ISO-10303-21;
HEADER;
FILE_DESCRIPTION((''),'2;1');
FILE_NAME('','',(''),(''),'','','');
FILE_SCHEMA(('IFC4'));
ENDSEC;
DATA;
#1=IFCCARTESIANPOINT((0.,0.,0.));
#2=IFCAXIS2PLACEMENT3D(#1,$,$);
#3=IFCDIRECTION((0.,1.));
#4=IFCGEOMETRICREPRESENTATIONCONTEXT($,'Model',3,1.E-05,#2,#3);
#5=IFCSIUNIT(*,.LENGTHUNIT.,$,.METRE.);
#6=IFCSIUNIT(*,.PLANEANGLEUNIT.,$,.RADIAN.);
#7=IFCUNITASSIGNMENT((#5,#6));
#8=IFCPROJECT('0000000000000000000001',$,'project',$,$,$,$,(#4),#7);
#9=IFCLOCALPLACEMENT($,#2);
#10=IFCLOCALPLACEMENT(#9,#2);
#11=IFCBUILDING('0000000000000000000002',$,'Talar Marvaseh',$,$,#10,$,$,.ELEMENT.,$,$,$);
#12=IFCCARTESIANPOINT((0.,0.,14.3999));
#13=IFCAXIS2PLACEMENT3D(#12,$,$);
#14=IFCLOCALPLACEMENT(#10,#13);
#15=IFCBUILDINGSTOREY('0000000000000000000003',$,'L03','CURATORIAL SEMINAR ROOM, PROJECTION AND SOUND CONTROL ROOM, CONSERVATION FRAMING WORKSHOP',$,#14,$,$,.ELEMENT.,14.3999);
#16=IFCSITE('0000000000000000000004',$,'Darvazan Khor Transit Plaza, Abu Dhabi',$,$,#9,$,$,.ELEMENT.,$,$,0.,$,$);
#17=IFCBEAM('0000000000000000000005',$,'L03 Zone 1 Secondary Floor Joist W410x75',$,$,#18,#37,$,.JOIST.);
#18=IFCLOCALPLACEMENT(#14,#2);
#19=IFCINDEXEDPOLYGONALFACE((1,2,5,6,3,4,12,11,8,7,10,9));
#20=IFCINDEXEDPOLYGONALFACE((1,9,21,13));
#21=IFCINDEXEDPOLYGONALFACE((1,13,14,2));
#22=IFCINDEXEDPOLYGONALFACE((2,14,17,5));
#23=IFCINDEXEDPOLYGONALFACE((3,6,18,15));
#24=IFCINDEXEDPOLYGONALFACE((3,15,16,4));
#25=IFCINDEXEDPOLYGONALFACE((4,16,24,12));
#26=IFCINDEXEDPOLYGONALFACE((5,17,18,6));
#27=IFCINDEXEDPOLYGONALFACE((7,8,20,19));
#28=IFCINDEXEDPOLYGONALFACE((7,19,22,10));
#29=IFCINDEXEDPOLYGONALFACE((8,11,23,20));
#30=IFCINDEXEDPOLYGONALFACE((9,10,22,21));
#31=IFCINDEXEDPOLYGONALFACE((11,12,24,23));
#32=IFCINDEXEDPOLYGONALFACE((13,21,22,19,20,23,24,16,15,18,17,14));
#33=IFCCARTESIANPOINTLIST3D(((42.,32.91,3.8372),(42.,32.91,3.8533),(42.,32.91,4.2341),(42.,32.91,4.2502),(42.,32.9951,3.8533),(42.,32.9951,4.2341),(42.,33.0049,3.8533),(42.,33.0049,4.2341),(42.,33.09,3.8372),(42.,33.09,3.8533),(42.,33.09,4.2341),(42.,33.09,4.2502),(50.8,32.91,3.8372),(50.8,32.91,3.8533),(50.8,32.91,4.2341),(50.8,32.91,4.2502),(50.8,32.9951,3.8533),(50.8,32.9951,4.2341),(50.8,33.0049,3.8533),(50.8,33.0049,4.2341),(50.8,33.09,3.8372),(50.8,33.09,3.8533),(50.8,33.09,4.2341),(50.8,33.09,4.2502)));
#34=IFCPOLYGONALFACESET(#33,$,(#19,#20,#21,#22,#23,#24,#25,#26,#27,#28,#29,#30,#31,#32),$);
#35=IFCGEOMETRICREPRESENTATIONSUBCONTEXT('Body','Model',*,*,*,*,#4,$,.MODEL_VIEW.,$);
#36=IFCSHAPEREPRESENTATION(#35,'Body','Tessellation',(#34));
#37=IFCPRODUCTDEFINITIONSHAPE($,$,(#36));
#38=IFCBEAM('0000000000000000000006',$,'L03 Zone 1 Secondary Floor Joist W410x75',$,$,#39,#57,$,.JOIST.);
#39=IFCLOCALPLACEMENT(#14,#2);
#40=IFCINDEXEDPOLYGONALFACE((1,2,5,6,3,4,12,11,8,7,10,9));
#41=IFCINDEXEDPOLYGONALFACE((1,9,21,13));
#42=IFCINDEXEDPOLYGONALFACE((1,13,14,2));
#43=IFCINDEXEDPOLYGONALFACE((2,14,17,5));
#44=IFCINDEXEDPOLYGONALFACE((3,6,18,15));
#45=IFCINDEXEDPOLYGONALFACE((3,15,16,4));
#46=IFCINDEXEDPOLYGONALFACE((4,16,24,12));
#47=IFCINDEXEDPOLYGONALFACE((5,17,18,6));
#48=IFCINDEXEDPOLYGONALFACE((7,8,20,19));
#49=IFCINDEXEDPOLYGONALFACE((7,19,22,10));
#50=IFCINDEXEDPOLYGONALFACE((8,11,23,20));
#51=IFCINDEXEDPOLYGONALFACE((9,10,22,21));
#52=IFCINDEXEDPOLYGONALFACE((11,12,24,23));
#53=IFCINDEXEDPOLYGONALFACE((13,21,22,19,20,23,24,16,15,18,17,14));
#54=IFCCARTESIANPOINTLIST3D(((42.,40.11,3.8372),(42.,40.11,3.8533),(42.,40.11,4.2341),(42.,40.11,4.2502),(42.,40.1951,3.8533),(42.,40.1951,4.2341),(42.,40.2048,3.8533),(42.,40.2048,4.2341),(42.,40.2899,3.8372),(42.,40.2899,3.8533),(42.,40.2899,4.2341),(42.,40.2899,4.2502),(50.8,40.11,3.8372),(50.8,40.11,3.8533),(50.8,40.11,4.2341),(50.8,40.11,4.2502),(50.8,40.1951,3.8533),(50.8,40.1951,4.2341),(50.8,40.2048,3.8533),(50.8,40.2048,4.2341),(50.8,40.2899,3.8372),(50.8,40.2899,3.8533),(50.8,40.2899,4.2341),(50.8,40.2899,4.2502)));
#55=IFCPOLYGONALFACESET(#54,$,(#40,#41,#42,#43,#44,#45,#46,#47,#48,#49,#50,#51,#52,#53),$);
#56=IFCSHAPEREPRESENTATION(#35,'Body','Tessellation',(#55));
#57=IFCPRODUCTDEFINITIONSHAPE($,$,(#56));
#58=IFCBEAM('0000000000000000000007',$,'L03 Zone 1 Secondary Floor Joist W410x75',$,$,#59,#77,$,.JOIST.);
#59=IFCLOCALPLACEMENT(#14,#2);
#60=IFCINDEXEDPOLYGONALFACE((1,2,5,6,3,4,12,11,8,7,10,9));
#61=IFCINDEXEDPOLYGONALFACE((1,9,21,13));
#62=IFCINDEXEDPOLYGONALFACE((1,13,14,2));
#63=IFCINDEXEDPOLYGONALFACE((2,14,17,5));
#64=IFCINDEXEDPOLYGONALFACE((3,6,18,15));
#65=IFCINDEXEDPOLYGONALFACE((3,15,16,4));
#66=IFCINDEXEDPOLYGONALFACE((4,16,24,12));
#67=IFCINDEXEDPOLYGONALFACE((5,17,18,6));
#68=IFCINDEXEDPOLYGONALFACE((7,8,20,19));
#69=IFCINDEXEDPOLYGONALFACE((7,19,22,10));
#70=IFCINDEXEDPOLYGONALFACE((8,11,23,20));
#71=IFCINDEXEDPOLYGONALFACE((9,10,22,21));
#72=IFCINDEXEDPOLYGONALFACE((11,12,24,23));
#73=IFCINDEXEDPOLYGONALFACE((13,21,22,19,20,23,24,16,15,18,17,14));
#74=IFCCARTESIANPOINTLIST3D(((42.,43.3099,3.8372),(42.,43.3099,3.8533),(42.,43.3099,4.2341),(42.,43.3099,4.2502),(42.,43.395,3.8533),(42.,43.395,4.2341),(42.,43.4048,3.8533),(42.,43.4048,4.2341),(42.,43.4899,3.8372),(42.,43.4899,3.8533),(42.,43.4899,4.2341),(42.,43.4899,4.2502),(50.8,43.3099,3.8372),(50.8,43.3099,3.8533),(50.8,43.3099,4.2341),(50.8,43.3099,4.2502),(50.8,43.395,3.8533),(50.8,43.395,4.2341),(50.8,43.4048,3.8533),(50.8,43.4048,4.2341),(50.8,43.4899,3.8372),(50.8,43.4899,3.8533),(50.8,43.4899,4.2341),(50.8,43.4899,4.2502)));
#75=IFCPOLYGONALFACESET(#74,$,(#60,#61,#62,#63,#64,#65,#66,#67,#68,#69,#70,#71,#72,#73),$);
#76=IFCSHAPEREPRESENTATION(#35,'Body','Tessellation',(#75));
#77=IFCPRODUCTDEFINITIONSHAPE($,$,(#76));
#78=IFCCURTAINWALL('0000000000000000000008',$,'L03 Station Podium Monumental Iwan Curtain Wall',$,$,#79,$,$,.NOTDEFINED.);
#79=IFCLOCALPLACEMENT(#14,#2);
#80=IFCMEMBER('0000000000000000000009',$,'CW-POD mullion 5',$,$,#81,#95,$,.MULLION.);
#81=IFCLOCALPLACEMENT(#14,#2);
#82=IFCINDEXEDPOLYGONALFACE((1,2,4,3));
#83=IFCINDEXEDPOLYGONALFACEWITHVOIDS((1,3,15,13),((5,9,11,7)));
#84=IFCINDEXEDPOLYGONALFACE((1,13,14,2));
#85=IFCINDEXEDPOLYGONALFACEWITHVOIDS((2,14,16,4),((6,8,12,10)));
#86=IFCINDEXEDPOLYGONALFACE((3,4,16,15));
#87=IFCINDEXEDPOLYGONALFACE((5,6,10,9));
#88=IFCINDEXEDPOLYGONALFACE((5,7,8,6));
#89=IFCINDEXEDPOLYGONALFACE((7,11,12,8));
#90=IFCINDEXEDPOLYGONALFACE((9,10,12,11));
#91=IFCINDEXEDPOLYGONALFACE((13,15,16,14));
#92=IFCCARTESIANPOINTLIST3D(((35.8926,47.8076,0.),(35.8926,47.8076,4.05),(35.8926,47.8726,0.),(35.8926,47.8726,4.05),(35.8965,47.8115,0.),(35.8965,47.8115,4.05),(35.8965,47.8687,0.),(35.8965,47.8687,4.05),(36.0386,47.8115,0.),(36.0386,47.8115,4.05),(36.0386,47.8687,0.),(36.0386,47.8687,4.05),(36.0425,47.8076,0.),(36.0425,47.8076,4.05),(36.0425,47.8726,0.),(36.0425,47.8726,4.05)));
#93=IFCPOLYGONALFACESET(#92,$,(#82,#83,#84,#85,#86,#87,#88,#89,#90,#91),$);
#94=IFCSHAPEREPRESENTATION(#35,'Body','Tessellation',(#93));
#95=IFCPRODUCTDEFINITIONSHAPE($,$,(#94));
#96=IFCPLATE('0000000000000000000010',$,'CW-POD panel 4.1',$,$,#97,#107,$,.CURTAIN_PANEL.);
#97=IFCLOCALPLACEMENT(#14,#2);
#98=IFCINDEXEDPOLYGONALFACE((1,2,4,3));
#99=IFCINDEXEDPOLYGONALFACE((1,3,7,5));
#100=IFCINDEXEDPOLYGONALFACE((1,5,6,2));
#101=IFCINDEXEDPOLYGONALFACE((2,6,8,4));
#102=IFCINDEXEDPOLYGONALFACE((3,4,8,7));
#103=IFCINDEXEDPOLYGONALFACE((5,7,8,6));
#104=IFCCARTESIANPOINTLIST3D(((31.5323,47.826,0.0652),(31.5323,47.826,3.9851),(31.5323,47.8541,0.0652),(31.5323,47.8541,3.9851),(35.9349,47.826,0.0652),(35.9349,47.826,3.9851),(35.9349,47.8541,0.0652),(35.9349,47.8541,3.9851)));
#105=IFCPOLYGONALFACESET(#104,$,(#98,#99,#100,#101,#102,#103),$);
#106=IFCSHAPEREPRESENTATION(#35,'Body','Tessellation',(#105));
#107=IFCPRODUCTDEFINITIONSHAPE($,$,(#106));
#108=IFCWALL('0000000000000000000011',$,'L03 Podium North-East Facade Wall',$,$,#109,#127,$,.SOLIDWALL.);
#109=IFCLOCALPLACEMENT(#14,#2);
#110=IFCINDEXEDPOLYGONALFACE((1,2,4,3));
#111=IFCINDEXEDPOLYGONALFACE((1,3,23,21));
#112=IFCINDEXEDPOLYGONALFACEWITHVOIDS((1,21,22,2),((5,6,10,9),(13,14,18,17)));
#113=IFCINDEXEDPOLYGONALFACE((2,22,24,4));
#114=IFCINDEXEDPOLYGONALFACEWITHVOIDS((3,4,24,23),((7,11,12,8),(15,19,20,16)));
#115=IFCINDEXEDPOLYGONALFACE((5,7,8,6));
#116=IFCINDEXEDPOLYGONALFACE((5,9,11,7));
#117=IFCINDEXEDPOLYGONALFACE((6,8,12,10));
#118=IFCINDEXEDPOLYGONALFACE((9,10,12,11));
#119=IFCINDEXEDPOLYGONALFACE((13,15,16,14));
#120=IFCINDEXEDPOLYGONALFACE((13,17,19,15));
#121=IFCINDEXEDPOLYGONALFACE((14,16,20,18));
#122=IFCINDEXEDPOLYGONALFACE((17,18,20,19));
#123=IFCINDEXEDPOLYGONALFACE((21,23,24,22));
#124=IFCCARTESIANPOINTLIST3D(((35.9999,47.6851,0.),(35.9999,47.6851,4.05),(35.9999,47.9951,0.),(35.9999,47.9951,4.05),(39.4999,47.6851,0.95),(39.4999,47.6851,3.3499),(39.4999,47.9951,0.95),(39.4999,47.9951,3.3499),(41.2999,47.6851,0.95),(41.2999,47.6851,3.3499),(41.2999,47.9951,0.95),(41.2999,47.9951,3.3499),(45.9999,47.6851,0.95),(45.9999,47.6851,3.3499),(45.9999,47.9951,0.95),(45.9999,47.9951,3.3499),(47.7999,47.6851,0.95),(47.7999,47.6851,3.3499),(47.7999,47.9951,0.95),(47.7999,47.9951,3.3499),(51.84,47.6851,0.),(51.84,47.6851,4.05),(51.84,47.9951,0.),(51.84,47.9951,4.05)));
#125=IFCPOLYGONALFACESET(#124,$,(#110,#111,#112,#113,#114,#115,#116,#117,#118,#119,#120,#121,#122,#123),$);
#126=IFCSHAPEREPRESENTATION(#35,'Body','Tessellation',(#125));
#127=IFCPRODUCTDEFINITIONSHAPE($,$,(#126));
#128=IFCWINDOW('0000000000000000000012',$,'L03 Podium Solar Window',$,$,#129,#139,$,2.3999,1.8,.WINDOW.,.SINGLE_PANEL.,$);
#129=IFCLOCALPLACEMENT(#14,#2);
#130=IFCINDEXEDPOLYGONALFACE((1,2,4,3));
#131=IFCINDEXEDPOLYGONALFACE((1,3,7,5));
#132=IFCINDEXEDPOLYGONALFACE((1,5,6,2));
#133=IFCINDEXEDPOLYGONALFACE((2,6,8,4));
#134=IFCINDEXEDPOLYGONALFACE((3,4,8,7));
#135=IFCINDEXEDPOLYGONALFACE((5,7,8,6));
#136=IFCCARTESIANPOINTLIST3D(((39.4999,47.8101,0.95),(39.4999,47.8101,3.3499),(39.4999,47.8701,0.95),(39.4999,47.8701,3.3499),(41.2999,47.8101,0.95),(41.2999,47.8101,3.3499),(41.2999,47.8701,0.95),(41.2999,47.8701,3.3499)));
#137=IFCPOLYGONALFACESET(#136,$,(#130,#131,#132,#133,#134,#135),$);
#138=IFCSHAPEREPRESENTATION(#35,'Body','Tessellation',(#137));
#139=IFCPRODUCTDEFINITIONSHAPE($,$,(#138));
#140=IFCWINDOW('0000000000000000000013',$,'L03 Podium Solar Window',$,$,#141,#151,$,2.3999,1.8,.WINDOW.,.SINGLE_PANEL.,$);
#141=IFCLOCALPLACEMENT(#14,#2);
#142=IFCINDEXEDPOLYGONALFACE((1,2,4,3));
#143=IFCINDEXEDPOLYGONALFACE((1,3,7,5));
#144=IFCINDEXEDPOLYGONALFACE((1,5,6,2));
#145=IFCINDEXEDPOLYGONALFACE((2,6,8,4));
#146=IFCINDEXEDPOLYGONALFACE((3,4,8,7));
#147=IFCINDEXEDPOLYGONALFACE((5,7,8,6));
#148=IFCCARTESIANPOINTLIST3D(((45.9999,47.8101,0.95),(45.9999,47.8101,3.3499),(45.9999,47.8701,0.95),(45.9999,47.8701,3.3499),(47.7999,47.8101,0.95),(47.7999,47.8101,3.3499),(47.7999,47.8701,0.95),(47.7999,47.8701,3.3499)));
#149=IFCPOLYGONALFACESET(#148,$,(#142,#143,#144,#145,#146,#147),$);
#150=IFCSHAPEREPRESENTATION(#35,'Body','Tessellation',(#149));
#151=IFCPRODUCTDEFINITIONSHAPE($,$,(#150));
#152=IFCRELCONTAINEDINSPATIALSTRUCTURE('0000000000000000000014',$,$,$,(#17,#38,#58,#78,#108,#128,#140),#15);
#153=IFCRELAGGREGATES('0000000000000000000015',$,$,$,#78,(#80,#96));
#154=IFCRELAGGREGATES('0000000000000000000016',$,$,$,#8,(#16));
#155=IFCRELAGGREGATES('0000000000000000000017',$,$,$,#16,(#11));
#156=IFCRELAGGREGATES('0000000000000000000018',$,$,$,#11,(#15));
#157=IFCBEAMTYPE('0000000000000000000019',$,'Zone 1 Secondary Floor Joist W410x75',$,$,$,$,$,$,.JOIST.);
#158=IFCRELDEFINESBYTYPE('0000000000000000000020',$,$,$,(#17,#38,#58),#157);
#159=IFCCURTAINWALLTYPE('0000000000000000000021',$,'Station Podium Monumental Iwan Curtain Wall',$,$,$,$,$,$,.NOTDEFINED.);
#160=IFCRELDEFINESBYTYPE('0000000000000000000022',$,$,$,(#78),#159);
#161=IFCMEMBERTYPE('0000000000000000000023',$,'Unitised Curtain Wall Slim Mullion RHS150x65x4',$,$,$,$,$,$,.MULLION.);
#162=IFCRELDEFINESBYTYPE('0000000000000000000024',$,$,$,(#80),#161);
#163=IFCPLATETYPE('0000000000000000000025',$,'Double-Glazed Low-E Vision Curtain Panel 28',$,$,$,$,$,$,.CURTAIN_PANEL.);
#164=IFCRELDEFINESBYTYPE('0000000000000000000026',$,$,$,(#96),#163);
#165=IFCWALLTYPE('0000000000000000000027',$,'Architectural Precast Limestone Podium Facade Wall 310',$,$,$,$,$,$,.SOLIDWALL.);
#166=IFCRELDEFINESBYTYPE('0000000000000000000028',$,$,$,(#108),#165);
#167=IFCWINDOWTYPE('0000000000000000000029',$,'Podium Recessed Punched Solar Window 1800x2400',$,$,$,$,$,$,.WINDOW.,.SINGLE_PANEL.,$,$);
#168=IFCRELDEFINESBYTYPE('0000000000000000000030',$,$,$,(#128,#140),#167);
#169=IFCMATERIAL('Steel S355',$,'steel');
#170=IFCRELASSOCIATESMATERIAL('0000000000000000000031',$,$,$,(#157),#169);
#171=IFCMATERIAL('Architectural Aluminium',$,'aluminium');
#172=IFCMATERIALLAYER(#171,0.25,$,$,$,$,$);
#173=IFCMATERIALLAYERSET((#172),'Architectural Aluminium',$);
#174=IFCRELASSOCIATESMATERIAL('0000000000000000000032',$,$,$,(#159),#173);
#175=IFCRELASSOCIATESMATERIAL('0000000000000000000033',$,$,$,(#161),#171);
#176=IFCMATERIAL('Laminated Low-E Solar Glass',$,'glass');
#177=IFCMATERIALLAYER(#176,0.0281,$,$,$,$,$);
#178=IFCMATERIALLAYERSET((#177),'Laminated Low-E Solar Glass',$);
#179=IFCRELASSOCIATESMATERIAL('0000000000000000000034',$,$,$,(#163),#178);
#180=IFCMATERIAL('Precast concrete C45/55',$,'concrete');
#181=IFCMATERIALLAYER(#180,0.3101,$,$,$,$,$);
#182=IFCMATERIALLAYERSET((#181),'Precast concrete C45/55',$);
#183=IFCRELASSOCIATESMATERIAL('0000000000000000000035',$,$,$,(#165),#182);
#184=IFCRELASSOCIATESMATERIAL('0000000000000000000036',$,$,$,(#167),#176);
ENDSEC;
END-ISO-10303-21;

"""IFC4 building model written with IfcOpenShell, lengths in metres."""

from ifc_helpers import new_model, si_unit, direction, frame, frame_2d, origin, origin_2d, place, context, subcontext, project, spatial, rectangle, hollow_rectangle, i_section, extrude, source, transform, mapped, material, layer, layer_set, material_profile, profile_set, type_object, type_shapes, element, fill, aggregate, save


model = new_model("IFC4")

# Units and contexts
model_context = context("Model", 3, precision=1e-05, world=origin(), true_north=direction((0.0, 1.0)))
body_context = subcontext(model_context, "Body", "Model", "MODEL_VIEW")
ifc_project = project(units=[si_unit("LENGTHUNIT", "METRE"), si_unit("PLANEANGLEUNIT", "RADIAN")], contexts=[model_context])

# Site, building, storey
site_placement = place(None, origin())
site = spatial("IfcSite", under=ifc_project, at=site_placement, Name="Darvazan Khor Transit Plaza, Abu Dhabi", CompositionType="ELEMENT", RefElevation=0.0)
building_placement = place(site_placement, origin())
building = spatial("IfcBuilding", under=site, at=building_placement, Name="Talar Marvaseh", CompositionType="ELEMENT")
storey_placement = place(building_placement, frame((0.0, 0.0, 14.3999)))
storey = spatial("IfcBuildingStorey", under=building, at=storey_placement, Name="L03", Description="CURATORIAL SEMINAR ROOM, PROJECTION AND SOUND CONTROL ROOM, CONSERVATION FRAMING WORKSHOP", CompositionType="ELEMENT", Elevation=14.3999)

# Beams
ifc_material_1 = material(Name="Steel S355", Category="steel")
ifc_material_profile_1 = material_profile(ifc_material_1, i_section(OverallWidth=0.1799, OverallDepth=0.4131, WebThickness=0.0098, FlangeThickness=0.0161, at=origin_2d()), Name="W410x75")
ifc_profile_set_1 = profile_set([ifc_material_profile_1], Name="Steel S355")
beam_type_1 = type_object("IfcBeamType", Name="Zone 1 Secondary Floor Joist W410x75", PredefinedType="JOIST", material=ifc_profile_set_1)
for number, where, z_axis, x_axis, name in (
    (1, (42.0, 33.0, 4.0437), (1.0, 0.0, 0.0), (0.0, 1.0, 0.0), "L03 Zone 1 Secondary Floor Joist W410x75"),
    (2, (42.0, 40.2, 4.0437), (1.0, 0.0, 0.0), (0.0, 1.0, 0.0), "L03 Zone 1 Secondary Floor Joist W410x75"),
    (3, (42.0, 43.3999, 4.0437), (1.0, 0.0, 0.0), (0.0, 1.0, 0.0), "L03 Zone 1 Secondary Floor Joist W410x75"),
):
    element("IfcBeam", number, at=place(storey_placement, frame(where, z_axis=z_axis, x_axis=x_axis)), inside=storey, type_object=beam_type_1, Name=name, PredefinedType="JOIST", context=body_context, shape_type="SweptSolid", body=[
        extrude(i_section(OverallWidth=0.1799, OverallDepth=0.4131, WebThickness=0.0098, FlangeThickness=0.0161, at=origin_2d()), origin(), (0.0, 0.0, 1.0), 8.8),
    ])

# Curtain wall, member, plate
ifc_material_2 = material(Name="Architectural Aluminium", Category="aluminium")
ifc_layer_1 = layer(ifc_material_2, 0.25)
ifc_layer_set_1 = layer_set([ifc_layer_1], Name="Architectural Aluminium")
curtain_wall_type = type_object("IfcCurtainWallType", Name="Station Podium Monumental Iwan Curtain Wall", PredefinedType="NOTDEFINED", material=ifc_layer_set_1)
curtain_wall_placement = place(storey_placement, origin())
curtain_wall = element("IfcCurtainWall", 4, at=curtain_wall_placement, inside=storey, type_object=curtain_wall_type, Name="L03 Station Podium Monumental Iwan Curtain Wall", PredefinedType="NOTDEFINED")
ifc_material_profile_2 = material_profile(ifc_material_2, hollow_rectangle(XDim=0.0649, YDim=0.1499, WallThickness=0.0039, at=origin_2d()), Name="RHS150x65x4")
ifc_profile_set_2 = profile_set([ifc_material_profile_2], Name="Architectural Aluminium")
member_type = type_object("IfcMemberType", Name="Unitised Curtain Wall Slim Mullion RHS150x65x4", PredefinedType="MULLION", material=ifc_profile_set_2)
shared_shape_1 = source(origin(), body_context, "Body", "SweptSolid", [
    extrude(hollow_rectangle(XDim=0.0649, YDim=0.1499, WallThickness=0.0039, at=origin_2d()), origin(), (0.0, 0.0, 1.0), 4.05),
])
type_shapes(member_type, [shared_shape_1])
member_placement = place(storey_placement, frame((35.9675, 47.8401, 0.0), z_axis=(0.0, 0.0, 1.0), x_axis=(0.0, 1.0, 0.0)))
member = element("IfcMember", 5, at=member_placement, type_object=member_type, Name="CW-POD mullion 5", PredefinedType="MULLION", context=body_context, shape_type="MappedRepresentation", body=[
    mapped(shared_shape_1, transform((0.0, 0.0, 0.0), x_axis=(1.0, 0.0, 0.0), y_axis=(0.0, 1.0, 0.0), z_axis=(0.0, 0.0, 1.0), scale=1.0)),
])
ifc_material_3 = material(Name="Laminated Low-E Solar Glass", Category="glass")
ifc_layer_2 = layer(ifc_material_3, 0.0281)
ifc_layer_set_2 = layer_set([ifc_layer_2], Name="Laminated Low-E Solar Glass")
plate_type = type_object("IfcPlateType", Name="Double-Glazed Low-E Vision Curtain Panel 28", PredefinedType="CURTAIN_PANEL", material=ifc_layer_set_2)
shared_shape_2 = source(origin(), body_context, "Body", "SweptSolid", [
    extrude(rectangle(XDim=4.4026, YDim=0.0281, at=origin_2d()), origin(), (0.0, 0.0, 1.0), 3.9199),
])
type_shapes(plate_type, [shared_shape_2])
plate_placement = place(storey_placement, frame((33.7336, 47.8401, 0.0652), z_axis=(0.0, 0.0, 1.0), x_axis=(1.0, 0.0, 0.0)))
plate = element("IfcPlate", 6, at=plate_placement, type_object=plate_type, Name="CW-POD panel 4.1", PredefinedType="CURTAIN_PANEL", context=body_context, shape_type="MappedRepresentation", body=[
    mapped(shared_shape_2, transform((0.0, 0.0, 0.0), x_axis=(1.0, 0.0, 0.0), y_axis=(0.0, 1.0, 0.0), z_axis=(0.0, 0.0, 1.0), scale=1.0)),
])
aggregate(curtain_wall, [member, plate])

# Wall, openings, windows
ifc_material_4 = material(Name="Precast concrete C45/55", Category="concrete")
ifc_layer_3 = layer(ifc_material_4, 0.3101)
ifc_layer_set_3 = layer_set([ifc_layer_3], Name="Precast concrete C45/55")
wall_type_1 = type_object("IfcWallType", Name="Architectural Precast Limestone Podium Facade Wall 310", PredefinedType="SOLIDWALL", material=ifc_layer_set_3)
wall_1_placement = place(storey_placement, frame((36.0, 47.8401, 0.0), z_axis=(0.0, 0.0, 1.0), x_axis=(1.0, 0.0, 0.0)))
wall_1 = element("IfcWall", 7, at=wall_1_placement, inside=storey, type_object=wall_type_1, Name="L03 Podium North-East Facade Wall", PredefinedType="SOLIDWALL", context=body_context, shape_type="SweptSolid", body=[
    extrude(rectangle(XDim=15.8401, YDim=0.3101, at=frame_2d((7.9199, 0.0))), origin(), (0.0, 0.0, 1.0), 4.05),
])
opening_1_placement = place(wall_1_placement, frame((3.5, 0.0, 0.95)))
opening_1 = element("IfcOpeningElement", 8, at=opening_1_placement, cuts=wall_1, PredefinedType="OPENING", context=body_context, shape_type="SweptSolid", body=[
    extrude(rectangle(XDim=1.8, YDim=2.3999, at=frame_2d((0.8999, 1.2))), frame((0.0, 0.165, 0.0), z_axis=(0.0, -1.0, 0.0), x_axis=(1.0, 0.0, 0.0)), (0.0, 0.0, 1.0), 0.3301),
])
opening_2_placement = place(wall_1_placement, frame((10.0, 0.0, 0.95)))
opening_2 = element("IfcOpeningElement", 9, at=opening_2_placement, cuts=wall_1, PredefinedType="OPENING", context=body_context, shape_type="SweptSolid", body=[
    extrude(rectangle(XDim=1.8, YDim=2.3999, at=frame_2d((0.8999, 1.2))), frame((0.0, 0.165, 0.0), z_axis=(0.0, -1.0, 0.0), x_axis=(1.0, 0.0, 0.0)), (0.0, 0.0, 1.0), 0.3301),
])
window_type = type_object("IfcWindowType", Name="Podium Recessed Punched Solar Window 1800x2400", PartitioningType="SINGLE_PANEL", PredefinedType="WINDOW", material=ifc_material_3)
shared_shape_3 = source(origin(), body_context, "Body", "SweptSolid", [
    extrude(rectangle(XDim=1.8, YDim=2.3999, at=frame_2d((0.8999, 1.2))), frame((0.0, 0.03, 0.0), z_axis=(0.0, -1.0, 0.0), x_axis=(1.0, 0.0, 0.0)), (0.0, 0.0, 1.0), 0.0601),
])
type_shapes(window_type, [shared_shape_3])
window_1_placement = place(opening_1_placement, origin())
window_1 = element("IfcWindow", 10, at=window_1_placement, inside=storey, type_object=window_type, Name="L03 Podium Solar Window", OverallHeight=2.3999, OverallWidth=1.8, PartitioningType="SINGLE_PANEL", PredefinedType="WINDOW", context=body_context, shape_type="MappedRepresentation", body=[
    mapped(shared_shape_3, transform((0.0, 0.0, 0.0), x_axis=(1.0, 0.0, 0.0), y_axis=(0.0, 1.0, 0.0), z_axis=(0.0, 0.0, 1.0), scale=1.0)),
])
fill(opening_1, window_1)
window_2_placement = place(opening_2_placement, origin())
window_2 = element("IfcWindow", 11, at=window_2_placement, inside=storey, type_object=window_type, Name="L03 Podium Solar Window", OverallHeight=2.3999, OverallWidth=1.8, PartitioningType="SINGLE_PANEL", PredefinedType="WINDOW", context=body_context, shape_type="MappedRepresentation", body=[
    mapped(shared_shape_3, transform((0.0, 0.0, 0.0), x_axis=(1.0, 0.0, 0.0), y_axis=(0.0, 1.0, 0.0), z_axis=(0.0, 0.0, 1.0), scale=1.0)),
])
fill(opening_2, window_2)

save(model, "model.ifc")
